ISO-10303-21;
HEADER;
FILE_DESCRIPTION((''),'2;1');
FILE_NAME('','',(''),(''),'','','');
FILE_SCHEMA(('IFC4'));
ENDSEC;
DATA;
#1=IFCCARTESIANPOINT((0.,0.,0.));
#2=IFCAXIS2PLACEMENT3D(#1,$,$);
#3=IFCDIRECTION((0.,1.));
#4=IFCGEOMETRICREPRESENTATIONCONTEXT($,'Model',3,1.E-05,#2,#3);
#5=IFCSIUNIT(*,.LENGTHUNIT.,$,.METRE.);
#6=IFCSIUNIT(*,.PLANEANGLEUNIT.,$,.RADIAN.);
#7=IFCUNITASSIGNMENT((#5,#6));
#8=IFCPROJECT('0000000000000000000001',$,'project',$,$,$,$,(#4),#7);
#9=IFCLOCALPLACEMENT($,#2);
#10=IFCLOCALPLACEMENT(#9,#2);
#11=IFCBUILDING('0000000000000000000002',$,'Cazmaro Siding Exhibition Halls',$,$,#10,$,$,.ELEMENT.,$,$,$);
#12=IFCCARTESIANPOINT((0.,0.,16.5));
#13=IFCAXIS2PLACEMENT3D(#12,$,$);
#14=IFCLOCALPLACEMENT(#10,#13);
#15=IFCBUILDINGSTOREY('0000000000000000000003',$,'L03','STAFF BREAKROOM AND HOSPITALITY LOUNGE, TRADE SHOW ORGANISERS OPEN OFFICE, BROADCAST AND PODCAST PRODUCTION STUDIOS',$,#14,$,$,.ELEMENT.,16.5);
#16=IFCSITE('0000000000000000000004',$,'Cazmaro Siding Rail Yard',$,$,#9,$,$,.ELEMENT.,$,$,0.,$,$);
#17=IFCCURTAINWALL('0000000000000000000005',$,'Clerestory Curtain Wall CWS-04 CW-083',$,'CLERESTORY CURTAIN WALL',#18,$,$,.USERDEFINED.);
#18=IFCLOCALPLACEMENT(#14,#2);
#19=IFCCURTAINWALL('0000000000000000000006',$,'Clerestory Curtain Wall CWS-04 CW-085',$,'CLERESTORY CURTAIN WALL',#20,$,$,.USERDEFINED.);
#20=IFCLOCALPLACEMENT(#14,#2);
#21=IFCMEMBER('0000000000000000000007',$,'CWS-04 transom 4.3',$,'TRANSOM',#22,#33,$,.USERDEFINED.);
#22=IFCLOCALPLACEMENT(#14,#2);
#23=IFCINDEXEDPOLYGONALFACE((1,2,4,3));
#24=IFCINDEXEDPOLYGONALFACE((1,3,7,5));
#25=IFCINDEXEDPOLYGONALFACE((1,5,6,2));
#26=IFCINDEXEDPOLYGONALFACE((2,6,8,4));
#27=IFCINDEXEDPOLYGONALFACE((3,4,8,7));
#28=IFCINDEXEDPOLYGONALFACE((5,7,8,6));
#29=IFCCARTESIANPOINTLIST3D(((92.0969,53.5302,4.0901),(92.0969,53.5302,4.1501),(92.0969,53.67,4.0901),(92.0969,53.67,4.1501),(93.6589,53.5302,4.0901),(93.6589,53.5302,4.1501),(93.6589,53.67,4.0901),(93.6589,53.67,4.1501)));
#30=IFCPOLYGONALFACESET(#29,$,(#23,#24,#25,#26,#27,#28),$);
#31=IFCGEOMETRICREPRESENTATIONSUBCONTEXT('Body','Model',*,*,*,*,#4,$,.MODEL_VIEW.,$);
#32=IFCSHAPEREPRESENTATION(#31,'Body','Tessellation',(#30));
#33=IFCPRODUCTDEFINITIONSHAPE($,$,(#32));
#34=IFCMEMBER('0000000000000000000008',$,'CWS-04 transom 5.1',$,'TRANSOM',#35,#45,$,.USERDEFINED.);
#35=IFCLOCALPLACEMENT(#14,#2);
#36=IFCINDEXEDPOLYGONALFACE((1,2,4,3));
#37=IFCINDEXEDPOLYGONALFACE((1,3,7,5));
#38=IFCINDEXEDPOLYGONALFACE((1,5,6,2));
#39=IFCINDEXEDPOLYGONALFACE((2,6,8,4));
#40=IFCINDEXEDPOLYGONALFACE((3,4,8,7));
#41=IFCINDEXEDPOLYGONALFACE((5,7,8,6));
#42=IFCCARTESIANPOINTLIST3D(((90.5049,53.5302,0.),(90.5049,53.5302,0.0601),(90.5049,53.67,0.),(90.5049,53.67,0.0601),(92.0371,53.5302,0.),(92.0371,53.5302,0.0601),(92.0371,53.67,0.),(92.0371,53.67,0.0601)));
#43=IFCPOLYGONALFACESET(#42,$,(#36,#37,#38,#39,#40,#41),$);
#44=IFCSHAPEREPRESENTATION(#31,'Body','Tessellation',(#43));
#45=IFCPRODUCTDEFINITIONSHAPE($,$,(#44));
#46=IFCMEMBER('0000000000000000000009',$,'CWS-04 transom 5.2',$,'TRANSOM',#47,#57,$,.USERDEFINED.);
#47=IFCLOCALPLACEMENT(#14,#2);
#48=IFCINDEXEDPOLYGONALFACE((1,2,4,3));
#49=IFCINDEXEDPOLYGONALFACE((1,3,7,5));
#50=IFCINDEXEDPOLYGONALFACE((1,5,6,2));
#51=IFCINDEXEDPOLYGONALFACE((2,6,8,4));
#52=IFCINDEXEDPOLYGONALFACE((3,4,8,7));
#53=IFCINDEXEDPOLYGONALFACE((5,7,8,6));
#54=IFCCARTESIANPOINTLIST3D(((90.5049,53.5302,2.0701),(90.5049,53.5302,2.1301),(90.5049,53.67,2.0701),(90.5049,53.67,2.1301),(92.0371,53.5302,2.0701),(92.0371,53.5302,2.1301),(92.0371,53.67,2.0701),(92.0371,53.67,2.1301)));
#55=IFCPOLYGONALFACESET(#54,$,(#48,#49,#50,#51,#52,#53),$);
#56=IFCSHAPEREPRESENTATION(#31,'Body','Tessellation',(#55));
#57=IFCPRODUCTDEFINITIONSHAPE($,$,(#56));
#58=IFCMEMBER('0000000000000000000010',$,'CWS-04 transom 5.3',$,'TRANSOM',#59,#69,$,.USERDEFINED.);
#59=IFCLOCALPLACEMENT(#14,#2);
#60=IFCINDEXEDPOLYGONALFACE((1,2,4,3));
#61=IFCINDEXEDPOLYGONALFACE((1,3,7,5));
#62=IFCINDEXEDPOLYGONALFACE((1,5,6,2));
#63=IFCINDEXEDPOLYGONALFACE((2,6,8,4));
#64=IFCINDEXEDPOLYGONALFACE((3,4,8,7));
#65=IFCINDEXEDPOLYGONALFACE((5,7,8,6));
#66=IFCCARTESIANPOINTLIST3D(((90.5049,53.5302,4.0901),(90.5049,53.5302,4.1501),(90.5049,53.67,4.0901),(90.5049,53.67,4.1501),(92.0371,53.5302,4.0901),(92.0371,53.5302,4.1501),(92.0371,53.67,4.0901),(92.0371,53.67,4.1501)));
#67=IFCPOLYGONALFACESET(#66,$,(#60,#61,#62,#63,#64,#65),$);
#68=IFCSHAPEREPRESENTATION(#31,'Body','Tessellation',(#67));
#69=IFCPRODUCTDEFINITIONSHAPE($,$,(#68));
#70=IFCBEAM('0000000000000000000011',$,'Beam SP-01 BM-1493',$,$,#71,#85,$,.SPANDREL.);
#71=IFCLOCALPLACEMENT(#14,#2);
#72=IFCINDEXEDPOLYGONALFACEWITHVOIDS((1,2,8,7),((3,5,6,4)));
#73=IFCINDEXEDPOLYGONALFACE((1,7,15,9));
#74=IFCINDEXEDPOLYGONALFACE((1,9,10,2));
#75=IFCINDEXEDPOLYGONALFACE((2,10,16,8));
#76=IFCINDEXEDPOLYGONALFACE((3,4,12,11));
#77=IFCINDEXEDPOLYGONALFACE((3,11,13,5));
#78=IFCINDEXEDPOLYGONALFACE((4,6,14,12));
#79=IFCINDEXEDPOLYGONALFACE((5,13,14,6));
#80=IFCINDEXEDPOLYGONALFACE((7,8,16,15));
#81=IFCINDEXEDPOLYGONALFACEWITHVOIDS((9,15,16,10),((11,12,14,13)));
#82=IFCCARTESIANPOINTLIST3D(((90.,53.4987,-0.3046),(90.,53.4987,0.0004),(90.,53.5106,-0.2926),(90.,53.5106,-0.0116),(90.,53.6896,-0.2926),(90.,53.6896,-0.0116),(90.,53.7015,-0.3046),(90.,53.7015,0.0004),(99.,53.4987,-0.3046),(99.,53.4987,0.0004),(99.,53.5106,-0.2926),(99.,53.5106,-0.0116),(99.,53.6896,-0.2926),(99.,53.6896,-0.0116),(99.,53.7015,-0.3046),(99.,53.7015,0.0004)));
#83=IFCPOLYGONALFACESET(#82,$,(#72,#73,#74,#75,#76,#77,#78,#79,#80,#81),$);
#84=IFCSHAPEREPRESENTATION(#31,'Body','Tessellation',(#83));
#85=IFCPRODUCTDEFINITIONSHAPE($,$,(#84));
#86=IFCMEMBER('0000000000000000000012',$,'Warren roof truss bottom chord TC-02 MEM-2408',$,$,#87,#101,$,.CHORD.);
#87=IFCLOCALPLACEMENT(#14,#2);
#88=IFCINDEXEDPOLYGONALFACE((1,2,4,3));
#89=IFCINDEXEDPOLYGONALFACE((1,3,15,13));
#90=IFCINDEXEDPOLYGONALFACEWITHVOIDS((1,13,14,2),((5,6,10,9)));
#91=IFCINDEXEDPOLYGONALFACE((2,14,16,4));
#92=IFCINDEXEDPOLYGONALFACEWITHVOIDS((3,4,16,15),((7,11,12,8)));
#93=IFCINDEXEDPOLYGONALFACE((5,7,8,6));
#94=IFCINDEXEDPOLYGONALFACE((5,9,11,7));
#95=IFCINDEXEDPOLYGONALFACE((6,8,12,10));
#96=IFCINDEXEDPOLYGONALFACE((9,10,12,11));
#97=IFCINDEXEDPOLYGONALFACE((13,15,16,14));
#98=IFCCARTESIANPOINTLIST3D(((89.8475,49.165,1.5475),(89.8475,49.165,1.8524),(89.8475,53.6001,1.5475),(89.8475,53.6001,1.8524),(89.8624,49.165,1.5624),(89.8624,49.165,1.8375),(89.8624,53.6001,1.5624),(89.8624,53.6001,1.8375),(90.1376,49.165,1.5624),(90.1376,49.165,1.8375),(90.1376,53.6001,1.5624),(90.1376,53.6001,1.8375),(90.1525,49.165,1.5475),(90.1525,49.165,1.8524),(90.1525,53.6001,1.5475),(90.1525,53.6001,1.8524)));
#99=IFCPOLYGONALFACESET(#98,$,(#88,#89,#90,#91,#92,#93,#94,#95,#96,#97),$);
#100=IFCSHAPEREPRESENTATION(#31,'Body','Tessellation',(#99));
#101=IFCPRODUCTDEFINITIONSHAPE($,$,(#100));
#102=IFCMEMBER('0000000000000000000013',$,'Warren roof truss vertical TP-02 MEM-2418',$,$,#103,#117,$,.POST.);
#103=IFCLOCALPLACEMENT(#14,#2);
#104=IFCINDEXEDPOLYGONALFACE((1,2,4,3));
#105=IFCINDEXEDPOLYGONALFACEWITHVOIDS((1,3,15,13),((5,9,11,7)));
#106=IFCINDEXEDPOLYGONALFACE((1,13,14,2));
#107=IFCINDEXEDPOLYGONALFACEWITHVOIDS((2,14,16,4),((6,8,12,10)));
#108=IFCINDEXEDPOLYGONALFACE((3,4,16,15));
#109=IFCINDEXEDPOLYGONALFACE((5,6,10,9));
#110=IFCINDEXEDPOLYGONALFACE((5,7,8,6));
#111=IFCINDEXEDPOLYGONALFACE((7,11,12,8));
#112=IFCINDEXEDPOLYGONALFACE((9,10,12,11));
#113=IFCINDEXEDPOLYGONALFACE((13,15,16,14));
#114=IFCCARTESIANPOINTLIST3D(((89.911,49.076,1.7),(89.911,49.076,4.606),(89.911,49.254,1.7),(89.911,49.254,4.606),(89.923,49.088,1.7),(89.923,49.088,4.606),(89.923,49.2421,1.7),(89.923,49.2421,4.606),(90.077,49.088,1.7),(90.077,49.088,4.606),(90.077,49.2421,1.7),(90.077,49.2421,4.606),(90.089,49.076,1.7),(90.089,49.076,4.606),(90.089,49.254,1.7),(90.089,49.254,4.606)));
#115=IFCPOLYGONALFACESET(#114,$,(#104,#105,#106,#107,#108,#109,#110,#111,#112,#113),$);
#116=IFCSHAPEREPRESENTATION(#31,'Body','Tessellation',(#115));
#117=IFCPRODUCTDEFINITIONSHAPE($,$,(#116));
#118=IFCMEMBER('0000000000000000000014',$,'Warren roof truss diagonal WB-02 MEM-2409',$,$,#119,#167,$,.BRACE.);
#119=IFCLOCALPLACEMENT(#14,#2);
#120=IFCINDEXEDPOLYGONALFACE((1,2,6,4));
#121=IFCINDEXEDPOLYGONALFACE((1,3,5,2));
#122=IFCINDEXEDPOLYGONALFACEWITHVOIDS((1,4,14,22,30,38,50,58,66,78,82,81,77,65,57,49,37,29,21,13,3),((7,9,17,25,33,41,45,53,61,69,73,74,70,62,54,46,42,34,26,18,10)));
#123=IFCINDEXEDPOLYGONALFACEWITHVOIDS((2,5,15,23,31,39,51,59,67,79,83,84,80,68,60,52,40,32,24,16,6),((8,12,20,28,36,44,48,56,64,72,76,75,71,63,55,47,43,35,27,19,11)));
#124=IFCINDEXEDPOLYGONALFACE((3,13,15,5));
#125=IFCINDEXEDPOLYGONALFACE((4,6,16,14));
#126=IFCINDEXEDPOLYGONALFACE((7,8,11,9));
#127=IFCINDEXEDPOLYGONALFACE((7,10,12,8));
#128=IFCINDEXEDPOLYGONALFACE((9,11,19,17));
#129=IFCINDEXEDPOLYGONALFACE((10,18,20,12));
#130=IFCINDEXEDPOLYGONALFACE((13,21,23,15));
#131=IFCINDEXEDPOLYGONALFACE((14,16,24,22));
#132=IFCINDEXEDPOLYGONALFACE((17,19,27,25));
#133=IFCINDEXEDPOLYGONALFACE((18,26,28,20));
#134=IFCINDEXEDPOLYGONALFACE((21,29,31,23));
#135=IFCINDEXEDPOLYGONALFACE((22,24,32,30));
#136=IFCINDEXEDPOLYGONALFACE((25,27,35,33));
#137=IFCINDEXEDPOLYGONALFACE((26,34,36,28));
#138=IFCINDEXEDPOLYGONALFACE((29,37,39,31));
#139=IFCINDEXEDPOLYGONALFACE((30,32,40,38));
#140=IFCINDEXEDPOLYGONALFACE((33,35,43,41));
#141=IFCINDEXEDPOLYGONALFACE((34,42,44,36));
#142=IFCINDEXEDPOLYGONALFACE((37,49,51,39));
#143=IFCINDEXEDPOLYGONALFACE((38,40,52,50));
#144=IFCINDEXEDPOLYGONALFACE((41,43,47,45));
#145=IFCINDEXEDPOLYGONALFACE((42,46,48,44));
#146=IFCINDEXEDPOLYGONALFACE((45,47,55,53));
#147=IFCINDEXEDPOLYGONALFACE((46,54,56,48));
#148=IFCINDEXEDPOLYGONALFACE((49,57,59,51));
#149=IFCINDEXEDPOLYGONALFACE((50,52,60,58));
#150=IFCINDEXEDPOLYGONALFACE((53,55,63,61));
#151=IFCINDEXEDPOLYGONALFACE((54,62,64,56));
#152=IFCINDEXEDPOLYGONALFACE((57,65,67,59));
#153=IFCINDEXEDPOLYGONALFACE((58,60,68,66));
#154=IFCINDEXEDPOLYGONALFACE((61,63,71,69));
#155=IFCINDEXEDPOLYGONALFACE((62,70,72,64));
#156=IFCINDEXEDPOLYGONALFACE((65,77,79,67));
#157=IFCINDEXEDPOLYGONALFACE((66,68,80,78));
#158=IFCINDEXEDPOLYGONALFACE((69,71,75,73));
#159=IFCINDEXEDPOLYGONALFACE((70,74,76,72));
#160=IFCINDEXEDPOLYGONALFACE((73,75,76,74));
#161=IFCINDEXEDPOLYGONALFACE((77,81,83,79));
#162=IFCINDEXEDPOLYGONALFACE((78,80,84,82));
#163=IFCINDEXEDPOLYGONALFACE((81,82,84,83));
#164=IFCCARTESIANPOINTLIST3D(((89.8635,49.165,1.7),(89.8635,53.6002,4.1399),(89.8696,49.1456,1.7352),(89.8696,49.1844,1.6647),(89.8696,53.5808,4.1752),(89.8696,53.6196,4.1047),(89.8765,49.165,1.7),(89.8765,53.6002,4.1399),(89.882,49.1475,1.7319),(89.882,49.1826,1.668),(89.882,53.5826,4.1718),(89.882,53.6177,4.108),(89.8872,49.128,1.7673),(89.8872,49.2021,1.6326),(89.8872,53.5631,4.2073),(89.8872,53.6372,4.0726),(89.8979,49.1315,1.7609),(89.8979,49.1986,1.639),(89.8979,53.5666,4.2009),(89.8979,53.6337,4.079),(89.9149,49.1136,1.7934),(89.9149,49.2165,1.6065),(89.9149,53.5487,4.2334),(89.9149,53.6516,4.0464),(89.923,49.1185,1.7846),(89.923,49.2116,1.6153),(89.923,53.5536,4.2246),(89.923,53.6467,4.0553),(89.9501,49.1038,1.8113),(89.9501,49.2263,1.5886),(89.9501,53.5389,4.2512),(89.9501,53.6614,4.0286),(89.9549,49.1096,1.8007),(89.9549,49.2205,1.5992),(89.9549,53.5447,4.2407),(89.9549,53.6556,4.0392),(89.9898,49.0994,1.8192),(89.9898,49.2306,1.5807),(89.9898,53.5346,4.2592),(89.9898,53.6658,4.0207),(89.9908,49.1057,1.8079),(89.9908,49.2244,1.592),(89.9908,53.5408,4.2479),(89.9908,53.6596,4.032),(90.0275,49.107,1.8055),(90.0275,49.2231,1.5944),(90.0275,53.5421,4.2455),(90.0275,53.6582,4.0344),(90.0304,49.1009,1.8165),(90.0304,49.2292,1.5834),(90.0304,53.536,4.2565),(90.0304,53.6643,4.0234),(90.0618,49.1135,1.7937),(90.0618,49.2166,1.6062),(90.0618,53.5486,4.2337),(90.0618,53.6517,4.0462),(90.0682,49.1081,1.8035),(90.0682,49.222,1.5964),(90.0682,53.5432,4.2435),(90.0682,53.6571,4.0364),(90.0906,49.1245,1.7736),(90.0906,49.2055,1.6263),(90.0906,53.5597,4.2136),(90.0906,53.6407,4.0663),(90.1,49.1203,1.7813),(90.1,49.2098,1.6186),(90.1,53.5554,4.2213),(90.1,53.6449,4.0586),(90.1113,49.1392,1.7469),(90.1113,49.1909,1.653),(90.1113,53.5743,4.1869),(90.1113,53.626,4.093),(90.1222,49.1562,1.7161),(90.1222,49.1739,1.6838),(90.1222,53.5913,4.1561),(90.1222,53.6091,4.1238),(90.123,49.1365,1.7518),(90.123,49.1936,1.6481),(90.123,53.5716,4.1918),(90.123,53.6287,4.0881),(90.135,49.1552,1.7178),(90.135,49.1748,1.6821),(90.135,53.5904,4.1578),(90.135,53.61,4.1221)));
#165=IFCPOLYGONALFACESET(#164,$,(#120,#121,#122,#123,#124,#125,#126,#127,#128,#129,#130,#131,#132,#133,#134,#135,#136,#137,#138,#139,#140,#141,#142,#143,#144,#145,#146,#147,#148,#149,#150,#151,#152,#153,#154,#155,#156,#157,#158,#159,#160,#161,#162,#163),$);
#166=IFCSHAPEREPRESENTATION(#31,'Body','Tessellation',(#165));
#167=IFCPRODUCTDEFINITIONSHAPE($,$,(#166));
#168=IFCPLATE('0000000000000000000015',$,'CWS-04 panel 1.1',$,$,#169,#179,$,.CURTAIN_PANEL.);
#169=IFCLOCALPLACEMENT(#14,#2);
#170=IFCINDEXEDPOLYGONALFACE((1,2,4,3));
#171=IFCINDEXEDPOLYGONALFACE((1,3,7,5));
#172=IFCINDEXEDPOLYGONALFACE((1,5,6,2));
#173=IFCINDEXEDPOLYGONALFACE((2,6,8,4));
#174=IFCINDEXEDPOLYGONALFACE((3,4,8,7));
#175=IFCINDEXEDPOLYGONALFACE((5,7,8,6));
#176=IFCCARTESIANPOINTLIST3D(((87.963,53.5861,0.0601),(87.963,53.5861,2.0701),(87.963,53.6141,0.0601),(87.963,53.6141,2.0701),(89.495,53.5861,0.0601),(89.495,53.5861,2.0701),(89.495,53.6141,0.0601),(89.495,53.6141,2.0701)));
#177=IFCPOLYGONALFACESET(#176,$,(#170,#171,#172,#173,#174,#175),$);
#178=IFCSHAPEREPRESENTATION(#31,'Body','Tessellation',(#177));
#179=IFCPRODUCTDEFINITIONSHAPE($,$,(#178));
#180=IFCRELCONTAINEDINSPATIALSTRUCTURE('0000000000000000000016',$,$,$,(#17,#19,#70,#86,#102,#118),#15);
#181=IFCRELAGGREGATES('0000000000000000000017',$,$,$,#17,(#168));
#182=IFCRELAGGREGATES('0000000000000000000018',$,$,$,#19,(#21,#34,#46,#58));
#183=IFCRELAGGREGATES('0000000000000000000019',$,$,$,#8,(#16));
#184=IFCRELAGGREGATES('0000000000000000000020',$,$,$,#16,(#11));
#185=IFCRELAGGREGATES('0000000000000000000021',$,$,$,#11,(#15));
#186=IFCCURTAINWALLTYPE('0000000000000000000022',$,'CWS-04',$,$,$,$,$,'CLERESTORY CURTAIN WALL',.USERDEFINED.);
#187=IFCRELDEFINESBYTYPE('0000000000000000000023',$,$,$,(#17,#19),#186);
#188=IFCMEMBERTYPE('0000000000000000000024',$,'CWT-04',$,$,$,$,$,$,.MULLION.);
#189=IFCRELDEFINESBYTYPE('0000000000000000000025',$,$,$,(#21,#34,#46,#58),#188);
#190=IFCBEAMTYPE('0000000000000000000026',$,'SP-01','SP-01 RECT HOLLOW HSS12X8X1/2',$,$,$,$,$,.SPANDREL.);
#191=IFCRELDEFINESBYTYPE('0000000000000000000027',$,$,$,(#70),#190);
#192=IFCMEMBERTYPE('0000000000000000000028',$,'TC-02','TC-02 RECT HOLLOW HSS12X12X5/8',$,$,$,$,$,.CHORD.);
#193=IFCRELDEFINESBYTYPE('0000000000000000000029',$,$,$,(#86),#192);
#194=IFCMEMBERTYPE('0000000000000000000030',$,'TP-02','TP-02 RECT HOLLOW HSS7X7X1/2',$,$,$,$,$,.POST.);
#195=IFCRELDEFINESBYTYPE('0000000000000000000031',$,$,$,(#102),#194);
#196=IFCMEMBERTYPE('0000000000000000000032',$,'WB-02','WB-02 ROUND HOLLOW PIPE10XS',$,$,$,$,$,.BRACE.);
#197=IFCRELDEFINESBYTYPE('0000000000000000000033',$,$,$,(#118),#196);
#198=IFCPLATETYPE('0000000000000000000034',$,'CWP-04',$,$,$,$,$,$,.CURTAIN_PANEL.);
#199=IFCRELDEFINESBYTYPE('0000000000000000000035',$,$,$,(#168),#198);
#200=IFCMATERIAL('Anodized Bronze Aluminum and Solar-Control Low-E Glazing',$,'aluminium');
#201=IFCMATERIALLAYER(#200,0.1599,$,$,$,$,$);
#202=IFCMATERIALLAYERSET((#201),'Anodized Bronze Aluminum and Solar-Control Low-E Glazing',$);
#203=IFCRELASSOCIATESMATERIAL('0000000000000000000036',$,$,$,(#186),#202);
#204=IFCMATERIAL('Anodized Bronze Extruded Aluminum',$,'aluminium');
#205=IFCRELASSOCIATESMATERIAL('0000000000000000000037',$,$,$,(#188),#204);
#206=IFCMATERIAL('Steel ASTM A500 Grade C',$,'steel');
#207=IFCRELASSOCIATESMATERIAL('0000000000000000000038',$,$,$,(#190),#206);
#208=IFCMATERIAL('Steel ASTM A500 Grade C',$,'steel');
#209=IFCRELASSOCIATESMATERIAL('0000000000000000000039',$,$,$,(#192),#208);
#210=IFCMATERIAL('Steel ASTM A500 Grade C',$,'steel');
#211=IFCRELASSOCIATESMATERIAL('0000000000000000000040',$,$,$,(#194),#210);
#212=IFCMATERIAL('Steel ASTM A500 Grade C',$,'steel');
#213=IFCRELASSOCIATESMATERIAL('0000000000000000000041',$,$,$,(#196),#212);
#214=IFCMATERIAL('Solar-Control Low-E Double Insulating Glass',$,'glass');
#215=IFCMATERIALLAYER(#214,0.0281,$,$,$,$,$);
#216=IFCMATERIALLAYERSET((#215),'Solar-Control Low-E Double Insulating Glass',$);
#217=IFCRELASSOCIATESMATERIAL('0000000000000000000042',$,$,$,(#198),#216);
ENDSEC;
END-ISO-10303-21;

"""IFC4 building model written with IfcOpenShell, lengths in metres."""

from ifc_helpers import new_model, si_unit, direction, frame, origin, origin_2d, place, context, subcontext, project, spatial, rectangle, hollow_rectangle, hollow_circle, extrude, material, layer, layer_set, material_profile, profile_set, type_object, element, aggregate, save


model = new_model("IFC4")

# Units and contexts
model_context = context("Model", 3, precision=1e-05, world=origin(), true_north=direction((0.0, 1.0)))
body_context = subcontext(model_context, "Body", "Model", "MODEL_VIEW")
ifc_project = project(units=[si_unit("LENGTHUNIT", "METRE"), si_unit("PLANEANGLEUNIT", "RADIAN")], contexts=[model_context])

# Site, building, storey
site_placement = place(None, origin())
site = spatial("IfcSite", under=ifc_project, at=site_placement, Name="Cazmaro Siding Rail Yard", CompositionType="ELEMENT", RefElevation=0.0)
building_placement = place(site_placement, origin())
building = spatial("IfcBuilding", under=site, at=building_placement, Name="Cazmaro Siding Exhibition Halls", CompositionType="ELEMENT")
storey_placement = place(building_placement, frame((0.0, 0.0, 16.5)))
storey = spatial("IfcBuildingStorey", under=building, at=storey_placement, Name="L03", Description="STAFF BREAKROOM AND HOSPITALITY LOUNGE, TRADE SHOW ORGANISERS OPEN OFFICE, BROADCAST AND PODCAST PRODUCTION STUDIOS", CompositionType="ELEMENT", Elevation=16.5)

# Curtain wall
ifc_material_1 = material(Name="Anodized Bronze Aluminum and Solar-Control Low-E Glazing", Category="aluminium")
ifc_layer_1 = layer(ifc_material_1, 0.1599)
ifc_layer_set_1 = layer_set([ifc_layer_1], Name="Anodized Bronze Aluminum and Solar-Control Low-E Glazing")
curtain_wall_type = type_object("IfcCurtainWallType", Name="CWS-04", ElementType="CLERESTORY CURTAIN WALL", PredefinedType="USERDEFINED", material=ifc_layer_set_1)
curtain_wall_1_placement = place(storey_placement, origin())
curtain_wall_1 = element("IfcCurtainWall", 1, at=curtain_wall_1_placement, inside=storey, type_object=curtain_wall_type, Name="Clerestory Curtain Wall CWS-04 CW-083", ObjectType="CLERESTORY CURTAIN WALL", PredefinedType="USERDEFINED")

# Curtain wall
curtain_wall_2_placement = place(storey_placement, origin())
curtain_wall_2 = element("IfcCurtainWall", 2, at=curtain_wall_2_placement, inside=storey, type_object=curtain_wall_type, Name="Clerestory Curtain Wall CWS-04 CW-085", ObjectType="CLERESTORY CURTAIN WALL", PredefinedType="USERDEFINED")

# Members
ifc_material_2 = material(Name="Anodized Bronze Extruded Aluminum", Category="aluminium")
ifc_material_profile_1 = material_profile(ifc_material_2, rectangle(XDim=0.1399, YDim=0.0601, at=origin_2d()), Name="CWT-04")
ifc_profile_set_1 = profile_set([ifc_material_profile_1], Name="Anodized Bronze Extruded Aluminum")
member_type_1 = type_object("IfcMemberType", Name="CWT-04", PredefinedType="MULLION", material=ifc_profile_set_1)
member_1_placement = place(storey_placement, frame((93.6589, 53.6001, 4.1201), z_axis=(-1.0, 0.0, 0.0), x_axis=(0.0, -1.0, 0.0)))
member_1 = element("IfcMember", 3, at=member_1_placement, type_object=member_type_1, Name="CWS-04 transom 4.3", ObjectType="TRANSOM", PredefinedType="USERDEFINED", context=body_context, shape_type="SweptSolid", body=[
    extrude(rectangle(XDim=0.1399, YDim=0.0601, at=origin_2d()), origin(), (0.0, 0.0, 1.0), 1.562),
])
member_2_placement = place(storey_placement, frame((92.0371, 53.6001, 0.03), z_axis=(-1.0, 0.0, 0.0), x_axis=(0.0, -1.0, 0.0)))
member_2 = element("IfcMember", 4, at=member_2_placement, type_object=member_type_1, Name="CWS-04 transom 5.1", ObjectType="TRANSOM", PredefinedType="USERDEFINED", context=body_context, shape_type="SweptSolid", body=[
    extrude(rectangle(XDim=0.1399, YDim=0.0601, at=origin_2d()), origin(), (0.0, 0.0, 1.0), 1.5322),
])
member_3_placement = place(storey_placement, frame((92.0371, 53.6001, 2.1001), z_axis=(-1.0, 0.0, 0.0), x_axis=(0.0, -1.0, 0.0)))
member_3 = element("IfcMember", 5, at=member_3_placement, type_object=member_type_1, Name="CWS-04 transom 5.2", ObjectType="TRANSOM", PredefinedType="USERDEFINED", context=body_context, shape_type="SweptSolid", body=[
    extrude(rectangle(XDim=0.1399, YDim=0.0601, at=origin_2d()), origin(), (0.0, 0.0, 1.0), 1.5322),
])
member_4_placement = place(storey_placement, frame((92.0371, 53.6001, 4.1201), z_axis=(-1.0, 0.0, 0.0), x_axis=(0.0, -1.0, 0.0)))
member_4 = element("IfcMember", 6, at=member_4_placement, type_object=member_type_1, Name="CWS-04 transom 5.3", ObjectType="TRANSOM", PredefinedType="USERDEFINED", context=body_context, shape_type="SweptSolid", body=[
    extrude(rectangle(XDim=0.1399, YDim=0.0601, at=origin_2d()), origin(), (0.0, 0.0, 1.0), 1.5322),
])

# Beam
ifc_material_3 = material(Name="Steel ASTM A500 Grade C", Category="steel")
ifc_material_profile_2 = material_profile(ifc_material_3, hollow_rectangle(XDim=0.2029, YDim=0.3049, WallThickness=0.012, at=origin_2d()), Name="HSS12X8X1/2")
ifc_profile_set_2 = profile_set([ifc_material_profile_2], Name="Steel ASTM A500 Grade C")
beam_type = type_object("IfcBeamType", Name="SP-01", Description="SP-01 RECT HOLLOW HSS12X8X1/2", PredefinedType="SPANDREL", material=ifc_profile_set_2)
beam_placement = place(storey_placement, frame((90.0, 53.6001, -0.1521), z_axis=(1.0, 0.0, 0.0), x_axis=(0.0, 1.0, 0.0)))
element("IfcBeam", 7, at=beam_placement, inside=storey, type_object=beam_type, Name="Beam SP-01 BM-1493", PredefinedType="SPANDREL", context=body_context, shape_type="SweptSolid", body=[
    extrude(hollow_rectangle(XDim=0.2029, YDim=0.3049, WallThickness=0.012, at=origin_2d()), origin(), (0.0, 0.0, 1.0), 9.0),
])

# Members
ifc_material_4 = material(Name="Steel ASTM A500 Grade C", Category="steel")
ifc_material_profile_3 = material_profile(ifc_material_4, hollow_rectangle(XDim=0.3049, YDim=0.3049, WallThickness=0.0149, at=origin_2d()), Name="HSS12X12X5/8")
ifc_profile_set_3 = profile_set([ifc_material_profile_3], Name="Steel ASTM A500 Grade C")
member_type_2 = type_object("IfcMemberType", Name="TC-02", Description="TC-02 RECT HOLLOW HSS12X12X5/8", PredefinedType="CHORD", material=ifc_profile_set_3)
member_5_placement = place(storey_placement, frame((90.0, 49.165, 1.7), z_axis=(0.0, 1.0, 0.0), x_axis=(-1.0, 0.0, 0.0)))
element("IfcMember", 8, at=member_5_placement, inside=storey, type_object=member_type_2, Name="Warren roof truss bottom chord TC-02 MEM-2408", PredefinedType="CHORD", context=body_context, shape_type="SweptSolid", body=[
    extrude(hollow_rectangle(XDim=0.3049, YDim=0.3049, WallThickness=0.0149, at=origin_2d()), origin(), (0.0, 0.0, 1.0), 4.4351),
])
ifc_material_5 = material(Name="Steel ASTM A500 Grade C", Category="steel")
ifc_material_profile_4 = material_profile(ifc_material_5, hollow_rectangle(XDim=0.178, YDim=0.178, WallThickness=0.012, at=origin_2d()), Name="HSS7X7X1/2")
ifc_profile_set_4 = profile_set([ifc_material_profile_4], Name="Steel ASTM A500 Grade C")
member_type_3 = type_object("IfcMemberType", Name="TP-02", Description="TP-02 RECT HOLLOW HSS7X7X1/2", PredefinedType="POST", material=ifc_profile_set_4)
member_6_placement = place(storey_placement, frame((90.0, 49.165, 1.7), z_axis=(0.0, 0.0, 1.0), x_axis=(1.0, 0.0, 0.0)))
element("IfcMember", 9, at=member_6_placement, inside=storey, type_object=member_type_3, Name="Warren roof truss vertical TP-02 MEM-2418", PredefinedType="POST", context=body_context, shape_type="SweptSolid", body=[
    extrude(hollow_rectangle(XDim=0.178, YDim=0.178, WallThickness=0.012, at=origin_2d()), origin(), (0.0, 0.0, 1.0), 2.906),
])
ifc_material_6 = material(Name="Steel ASTM A500 Grade C", Category="steel")
ifc_material_profile_5 = material_profile(ifc_material_6, hollow_circle(Radius=0.1365, WallThickness=0.0129, at=origin_2d()), Name="PIPE10XS")
ifc_profile_set_5 = profile_set([ifc_material_profile_5], Name="Steel ASTM A500 Grade C")
member_type_4 = type_object("IfcMemberType", Name="WB-02", Description="WB-02 ROUND HOLLOW PIPE10XS", PredefinedType="BRACE", material=ifc_profile_set_5)
member_7_placement = place(storey_placement, frame((90.0, 49.165, 1.7), z_axis=(0.0, 0.876161, 0.482019), x_axis=(-1.0, 0.0, 0.0)))
element("IfcMember", 10, at=member_7_placement, inside=storey, type_object=member_type_4, Name="Warren roof truss diagonal WB-02 MEM-2409", PredefinedType="BRACE", context=body_context, shape_type="SweptSolid", body=[
    extrude(hollow_circle(Radius=0.1365, WallThickness=0.0129, at=origin_2d()), origin(), (0.0, 0.0, 1.0), 5.062),
])

# Plate
ifc_material_7 = material(Name="Solar-Control Low-E Double Insulating Glass", Category="glass")
ifc_layer_2 = layer(ifc_material_7, 0.0281)
ifc_layer_set_2 = layer_set([ifc_layer_2], Name="Solar-Control Low-E Double Insulating Glass")
plate_type = type_object("IfcPlateType", Name="CWP-04", PredefinedType="CURTAIN_PANEL", material=ifc_layer_set_2)
plate_1_placement = place(storey_placement, frame((88.729, 53.6001, 0.0601), z_axis=(0.0, 0.0, 1.0), x_axis=(-1.0, 0.0, 0.0)))
plate_1 = element("IfcPlate", 11, at=plate_1_placement, type_object=plate_type, Name="CWS-04 panel 1.1", PredefinedType="CURTAIN_PANEL", context=body_context, shape_type="SweptSolid", body=[
    extrude(rectangle(XDim=1.532, YDim=0.0281, at=origin_2d()), origin(), (0.0, 0.0, 1.0), 2.01),
])
aggregate(curtain_wall_1, [plate_1])
aggregate(curtain_wall_2, [member_1, member_2, member_3, member_4])

save(model, "model.ifc")
